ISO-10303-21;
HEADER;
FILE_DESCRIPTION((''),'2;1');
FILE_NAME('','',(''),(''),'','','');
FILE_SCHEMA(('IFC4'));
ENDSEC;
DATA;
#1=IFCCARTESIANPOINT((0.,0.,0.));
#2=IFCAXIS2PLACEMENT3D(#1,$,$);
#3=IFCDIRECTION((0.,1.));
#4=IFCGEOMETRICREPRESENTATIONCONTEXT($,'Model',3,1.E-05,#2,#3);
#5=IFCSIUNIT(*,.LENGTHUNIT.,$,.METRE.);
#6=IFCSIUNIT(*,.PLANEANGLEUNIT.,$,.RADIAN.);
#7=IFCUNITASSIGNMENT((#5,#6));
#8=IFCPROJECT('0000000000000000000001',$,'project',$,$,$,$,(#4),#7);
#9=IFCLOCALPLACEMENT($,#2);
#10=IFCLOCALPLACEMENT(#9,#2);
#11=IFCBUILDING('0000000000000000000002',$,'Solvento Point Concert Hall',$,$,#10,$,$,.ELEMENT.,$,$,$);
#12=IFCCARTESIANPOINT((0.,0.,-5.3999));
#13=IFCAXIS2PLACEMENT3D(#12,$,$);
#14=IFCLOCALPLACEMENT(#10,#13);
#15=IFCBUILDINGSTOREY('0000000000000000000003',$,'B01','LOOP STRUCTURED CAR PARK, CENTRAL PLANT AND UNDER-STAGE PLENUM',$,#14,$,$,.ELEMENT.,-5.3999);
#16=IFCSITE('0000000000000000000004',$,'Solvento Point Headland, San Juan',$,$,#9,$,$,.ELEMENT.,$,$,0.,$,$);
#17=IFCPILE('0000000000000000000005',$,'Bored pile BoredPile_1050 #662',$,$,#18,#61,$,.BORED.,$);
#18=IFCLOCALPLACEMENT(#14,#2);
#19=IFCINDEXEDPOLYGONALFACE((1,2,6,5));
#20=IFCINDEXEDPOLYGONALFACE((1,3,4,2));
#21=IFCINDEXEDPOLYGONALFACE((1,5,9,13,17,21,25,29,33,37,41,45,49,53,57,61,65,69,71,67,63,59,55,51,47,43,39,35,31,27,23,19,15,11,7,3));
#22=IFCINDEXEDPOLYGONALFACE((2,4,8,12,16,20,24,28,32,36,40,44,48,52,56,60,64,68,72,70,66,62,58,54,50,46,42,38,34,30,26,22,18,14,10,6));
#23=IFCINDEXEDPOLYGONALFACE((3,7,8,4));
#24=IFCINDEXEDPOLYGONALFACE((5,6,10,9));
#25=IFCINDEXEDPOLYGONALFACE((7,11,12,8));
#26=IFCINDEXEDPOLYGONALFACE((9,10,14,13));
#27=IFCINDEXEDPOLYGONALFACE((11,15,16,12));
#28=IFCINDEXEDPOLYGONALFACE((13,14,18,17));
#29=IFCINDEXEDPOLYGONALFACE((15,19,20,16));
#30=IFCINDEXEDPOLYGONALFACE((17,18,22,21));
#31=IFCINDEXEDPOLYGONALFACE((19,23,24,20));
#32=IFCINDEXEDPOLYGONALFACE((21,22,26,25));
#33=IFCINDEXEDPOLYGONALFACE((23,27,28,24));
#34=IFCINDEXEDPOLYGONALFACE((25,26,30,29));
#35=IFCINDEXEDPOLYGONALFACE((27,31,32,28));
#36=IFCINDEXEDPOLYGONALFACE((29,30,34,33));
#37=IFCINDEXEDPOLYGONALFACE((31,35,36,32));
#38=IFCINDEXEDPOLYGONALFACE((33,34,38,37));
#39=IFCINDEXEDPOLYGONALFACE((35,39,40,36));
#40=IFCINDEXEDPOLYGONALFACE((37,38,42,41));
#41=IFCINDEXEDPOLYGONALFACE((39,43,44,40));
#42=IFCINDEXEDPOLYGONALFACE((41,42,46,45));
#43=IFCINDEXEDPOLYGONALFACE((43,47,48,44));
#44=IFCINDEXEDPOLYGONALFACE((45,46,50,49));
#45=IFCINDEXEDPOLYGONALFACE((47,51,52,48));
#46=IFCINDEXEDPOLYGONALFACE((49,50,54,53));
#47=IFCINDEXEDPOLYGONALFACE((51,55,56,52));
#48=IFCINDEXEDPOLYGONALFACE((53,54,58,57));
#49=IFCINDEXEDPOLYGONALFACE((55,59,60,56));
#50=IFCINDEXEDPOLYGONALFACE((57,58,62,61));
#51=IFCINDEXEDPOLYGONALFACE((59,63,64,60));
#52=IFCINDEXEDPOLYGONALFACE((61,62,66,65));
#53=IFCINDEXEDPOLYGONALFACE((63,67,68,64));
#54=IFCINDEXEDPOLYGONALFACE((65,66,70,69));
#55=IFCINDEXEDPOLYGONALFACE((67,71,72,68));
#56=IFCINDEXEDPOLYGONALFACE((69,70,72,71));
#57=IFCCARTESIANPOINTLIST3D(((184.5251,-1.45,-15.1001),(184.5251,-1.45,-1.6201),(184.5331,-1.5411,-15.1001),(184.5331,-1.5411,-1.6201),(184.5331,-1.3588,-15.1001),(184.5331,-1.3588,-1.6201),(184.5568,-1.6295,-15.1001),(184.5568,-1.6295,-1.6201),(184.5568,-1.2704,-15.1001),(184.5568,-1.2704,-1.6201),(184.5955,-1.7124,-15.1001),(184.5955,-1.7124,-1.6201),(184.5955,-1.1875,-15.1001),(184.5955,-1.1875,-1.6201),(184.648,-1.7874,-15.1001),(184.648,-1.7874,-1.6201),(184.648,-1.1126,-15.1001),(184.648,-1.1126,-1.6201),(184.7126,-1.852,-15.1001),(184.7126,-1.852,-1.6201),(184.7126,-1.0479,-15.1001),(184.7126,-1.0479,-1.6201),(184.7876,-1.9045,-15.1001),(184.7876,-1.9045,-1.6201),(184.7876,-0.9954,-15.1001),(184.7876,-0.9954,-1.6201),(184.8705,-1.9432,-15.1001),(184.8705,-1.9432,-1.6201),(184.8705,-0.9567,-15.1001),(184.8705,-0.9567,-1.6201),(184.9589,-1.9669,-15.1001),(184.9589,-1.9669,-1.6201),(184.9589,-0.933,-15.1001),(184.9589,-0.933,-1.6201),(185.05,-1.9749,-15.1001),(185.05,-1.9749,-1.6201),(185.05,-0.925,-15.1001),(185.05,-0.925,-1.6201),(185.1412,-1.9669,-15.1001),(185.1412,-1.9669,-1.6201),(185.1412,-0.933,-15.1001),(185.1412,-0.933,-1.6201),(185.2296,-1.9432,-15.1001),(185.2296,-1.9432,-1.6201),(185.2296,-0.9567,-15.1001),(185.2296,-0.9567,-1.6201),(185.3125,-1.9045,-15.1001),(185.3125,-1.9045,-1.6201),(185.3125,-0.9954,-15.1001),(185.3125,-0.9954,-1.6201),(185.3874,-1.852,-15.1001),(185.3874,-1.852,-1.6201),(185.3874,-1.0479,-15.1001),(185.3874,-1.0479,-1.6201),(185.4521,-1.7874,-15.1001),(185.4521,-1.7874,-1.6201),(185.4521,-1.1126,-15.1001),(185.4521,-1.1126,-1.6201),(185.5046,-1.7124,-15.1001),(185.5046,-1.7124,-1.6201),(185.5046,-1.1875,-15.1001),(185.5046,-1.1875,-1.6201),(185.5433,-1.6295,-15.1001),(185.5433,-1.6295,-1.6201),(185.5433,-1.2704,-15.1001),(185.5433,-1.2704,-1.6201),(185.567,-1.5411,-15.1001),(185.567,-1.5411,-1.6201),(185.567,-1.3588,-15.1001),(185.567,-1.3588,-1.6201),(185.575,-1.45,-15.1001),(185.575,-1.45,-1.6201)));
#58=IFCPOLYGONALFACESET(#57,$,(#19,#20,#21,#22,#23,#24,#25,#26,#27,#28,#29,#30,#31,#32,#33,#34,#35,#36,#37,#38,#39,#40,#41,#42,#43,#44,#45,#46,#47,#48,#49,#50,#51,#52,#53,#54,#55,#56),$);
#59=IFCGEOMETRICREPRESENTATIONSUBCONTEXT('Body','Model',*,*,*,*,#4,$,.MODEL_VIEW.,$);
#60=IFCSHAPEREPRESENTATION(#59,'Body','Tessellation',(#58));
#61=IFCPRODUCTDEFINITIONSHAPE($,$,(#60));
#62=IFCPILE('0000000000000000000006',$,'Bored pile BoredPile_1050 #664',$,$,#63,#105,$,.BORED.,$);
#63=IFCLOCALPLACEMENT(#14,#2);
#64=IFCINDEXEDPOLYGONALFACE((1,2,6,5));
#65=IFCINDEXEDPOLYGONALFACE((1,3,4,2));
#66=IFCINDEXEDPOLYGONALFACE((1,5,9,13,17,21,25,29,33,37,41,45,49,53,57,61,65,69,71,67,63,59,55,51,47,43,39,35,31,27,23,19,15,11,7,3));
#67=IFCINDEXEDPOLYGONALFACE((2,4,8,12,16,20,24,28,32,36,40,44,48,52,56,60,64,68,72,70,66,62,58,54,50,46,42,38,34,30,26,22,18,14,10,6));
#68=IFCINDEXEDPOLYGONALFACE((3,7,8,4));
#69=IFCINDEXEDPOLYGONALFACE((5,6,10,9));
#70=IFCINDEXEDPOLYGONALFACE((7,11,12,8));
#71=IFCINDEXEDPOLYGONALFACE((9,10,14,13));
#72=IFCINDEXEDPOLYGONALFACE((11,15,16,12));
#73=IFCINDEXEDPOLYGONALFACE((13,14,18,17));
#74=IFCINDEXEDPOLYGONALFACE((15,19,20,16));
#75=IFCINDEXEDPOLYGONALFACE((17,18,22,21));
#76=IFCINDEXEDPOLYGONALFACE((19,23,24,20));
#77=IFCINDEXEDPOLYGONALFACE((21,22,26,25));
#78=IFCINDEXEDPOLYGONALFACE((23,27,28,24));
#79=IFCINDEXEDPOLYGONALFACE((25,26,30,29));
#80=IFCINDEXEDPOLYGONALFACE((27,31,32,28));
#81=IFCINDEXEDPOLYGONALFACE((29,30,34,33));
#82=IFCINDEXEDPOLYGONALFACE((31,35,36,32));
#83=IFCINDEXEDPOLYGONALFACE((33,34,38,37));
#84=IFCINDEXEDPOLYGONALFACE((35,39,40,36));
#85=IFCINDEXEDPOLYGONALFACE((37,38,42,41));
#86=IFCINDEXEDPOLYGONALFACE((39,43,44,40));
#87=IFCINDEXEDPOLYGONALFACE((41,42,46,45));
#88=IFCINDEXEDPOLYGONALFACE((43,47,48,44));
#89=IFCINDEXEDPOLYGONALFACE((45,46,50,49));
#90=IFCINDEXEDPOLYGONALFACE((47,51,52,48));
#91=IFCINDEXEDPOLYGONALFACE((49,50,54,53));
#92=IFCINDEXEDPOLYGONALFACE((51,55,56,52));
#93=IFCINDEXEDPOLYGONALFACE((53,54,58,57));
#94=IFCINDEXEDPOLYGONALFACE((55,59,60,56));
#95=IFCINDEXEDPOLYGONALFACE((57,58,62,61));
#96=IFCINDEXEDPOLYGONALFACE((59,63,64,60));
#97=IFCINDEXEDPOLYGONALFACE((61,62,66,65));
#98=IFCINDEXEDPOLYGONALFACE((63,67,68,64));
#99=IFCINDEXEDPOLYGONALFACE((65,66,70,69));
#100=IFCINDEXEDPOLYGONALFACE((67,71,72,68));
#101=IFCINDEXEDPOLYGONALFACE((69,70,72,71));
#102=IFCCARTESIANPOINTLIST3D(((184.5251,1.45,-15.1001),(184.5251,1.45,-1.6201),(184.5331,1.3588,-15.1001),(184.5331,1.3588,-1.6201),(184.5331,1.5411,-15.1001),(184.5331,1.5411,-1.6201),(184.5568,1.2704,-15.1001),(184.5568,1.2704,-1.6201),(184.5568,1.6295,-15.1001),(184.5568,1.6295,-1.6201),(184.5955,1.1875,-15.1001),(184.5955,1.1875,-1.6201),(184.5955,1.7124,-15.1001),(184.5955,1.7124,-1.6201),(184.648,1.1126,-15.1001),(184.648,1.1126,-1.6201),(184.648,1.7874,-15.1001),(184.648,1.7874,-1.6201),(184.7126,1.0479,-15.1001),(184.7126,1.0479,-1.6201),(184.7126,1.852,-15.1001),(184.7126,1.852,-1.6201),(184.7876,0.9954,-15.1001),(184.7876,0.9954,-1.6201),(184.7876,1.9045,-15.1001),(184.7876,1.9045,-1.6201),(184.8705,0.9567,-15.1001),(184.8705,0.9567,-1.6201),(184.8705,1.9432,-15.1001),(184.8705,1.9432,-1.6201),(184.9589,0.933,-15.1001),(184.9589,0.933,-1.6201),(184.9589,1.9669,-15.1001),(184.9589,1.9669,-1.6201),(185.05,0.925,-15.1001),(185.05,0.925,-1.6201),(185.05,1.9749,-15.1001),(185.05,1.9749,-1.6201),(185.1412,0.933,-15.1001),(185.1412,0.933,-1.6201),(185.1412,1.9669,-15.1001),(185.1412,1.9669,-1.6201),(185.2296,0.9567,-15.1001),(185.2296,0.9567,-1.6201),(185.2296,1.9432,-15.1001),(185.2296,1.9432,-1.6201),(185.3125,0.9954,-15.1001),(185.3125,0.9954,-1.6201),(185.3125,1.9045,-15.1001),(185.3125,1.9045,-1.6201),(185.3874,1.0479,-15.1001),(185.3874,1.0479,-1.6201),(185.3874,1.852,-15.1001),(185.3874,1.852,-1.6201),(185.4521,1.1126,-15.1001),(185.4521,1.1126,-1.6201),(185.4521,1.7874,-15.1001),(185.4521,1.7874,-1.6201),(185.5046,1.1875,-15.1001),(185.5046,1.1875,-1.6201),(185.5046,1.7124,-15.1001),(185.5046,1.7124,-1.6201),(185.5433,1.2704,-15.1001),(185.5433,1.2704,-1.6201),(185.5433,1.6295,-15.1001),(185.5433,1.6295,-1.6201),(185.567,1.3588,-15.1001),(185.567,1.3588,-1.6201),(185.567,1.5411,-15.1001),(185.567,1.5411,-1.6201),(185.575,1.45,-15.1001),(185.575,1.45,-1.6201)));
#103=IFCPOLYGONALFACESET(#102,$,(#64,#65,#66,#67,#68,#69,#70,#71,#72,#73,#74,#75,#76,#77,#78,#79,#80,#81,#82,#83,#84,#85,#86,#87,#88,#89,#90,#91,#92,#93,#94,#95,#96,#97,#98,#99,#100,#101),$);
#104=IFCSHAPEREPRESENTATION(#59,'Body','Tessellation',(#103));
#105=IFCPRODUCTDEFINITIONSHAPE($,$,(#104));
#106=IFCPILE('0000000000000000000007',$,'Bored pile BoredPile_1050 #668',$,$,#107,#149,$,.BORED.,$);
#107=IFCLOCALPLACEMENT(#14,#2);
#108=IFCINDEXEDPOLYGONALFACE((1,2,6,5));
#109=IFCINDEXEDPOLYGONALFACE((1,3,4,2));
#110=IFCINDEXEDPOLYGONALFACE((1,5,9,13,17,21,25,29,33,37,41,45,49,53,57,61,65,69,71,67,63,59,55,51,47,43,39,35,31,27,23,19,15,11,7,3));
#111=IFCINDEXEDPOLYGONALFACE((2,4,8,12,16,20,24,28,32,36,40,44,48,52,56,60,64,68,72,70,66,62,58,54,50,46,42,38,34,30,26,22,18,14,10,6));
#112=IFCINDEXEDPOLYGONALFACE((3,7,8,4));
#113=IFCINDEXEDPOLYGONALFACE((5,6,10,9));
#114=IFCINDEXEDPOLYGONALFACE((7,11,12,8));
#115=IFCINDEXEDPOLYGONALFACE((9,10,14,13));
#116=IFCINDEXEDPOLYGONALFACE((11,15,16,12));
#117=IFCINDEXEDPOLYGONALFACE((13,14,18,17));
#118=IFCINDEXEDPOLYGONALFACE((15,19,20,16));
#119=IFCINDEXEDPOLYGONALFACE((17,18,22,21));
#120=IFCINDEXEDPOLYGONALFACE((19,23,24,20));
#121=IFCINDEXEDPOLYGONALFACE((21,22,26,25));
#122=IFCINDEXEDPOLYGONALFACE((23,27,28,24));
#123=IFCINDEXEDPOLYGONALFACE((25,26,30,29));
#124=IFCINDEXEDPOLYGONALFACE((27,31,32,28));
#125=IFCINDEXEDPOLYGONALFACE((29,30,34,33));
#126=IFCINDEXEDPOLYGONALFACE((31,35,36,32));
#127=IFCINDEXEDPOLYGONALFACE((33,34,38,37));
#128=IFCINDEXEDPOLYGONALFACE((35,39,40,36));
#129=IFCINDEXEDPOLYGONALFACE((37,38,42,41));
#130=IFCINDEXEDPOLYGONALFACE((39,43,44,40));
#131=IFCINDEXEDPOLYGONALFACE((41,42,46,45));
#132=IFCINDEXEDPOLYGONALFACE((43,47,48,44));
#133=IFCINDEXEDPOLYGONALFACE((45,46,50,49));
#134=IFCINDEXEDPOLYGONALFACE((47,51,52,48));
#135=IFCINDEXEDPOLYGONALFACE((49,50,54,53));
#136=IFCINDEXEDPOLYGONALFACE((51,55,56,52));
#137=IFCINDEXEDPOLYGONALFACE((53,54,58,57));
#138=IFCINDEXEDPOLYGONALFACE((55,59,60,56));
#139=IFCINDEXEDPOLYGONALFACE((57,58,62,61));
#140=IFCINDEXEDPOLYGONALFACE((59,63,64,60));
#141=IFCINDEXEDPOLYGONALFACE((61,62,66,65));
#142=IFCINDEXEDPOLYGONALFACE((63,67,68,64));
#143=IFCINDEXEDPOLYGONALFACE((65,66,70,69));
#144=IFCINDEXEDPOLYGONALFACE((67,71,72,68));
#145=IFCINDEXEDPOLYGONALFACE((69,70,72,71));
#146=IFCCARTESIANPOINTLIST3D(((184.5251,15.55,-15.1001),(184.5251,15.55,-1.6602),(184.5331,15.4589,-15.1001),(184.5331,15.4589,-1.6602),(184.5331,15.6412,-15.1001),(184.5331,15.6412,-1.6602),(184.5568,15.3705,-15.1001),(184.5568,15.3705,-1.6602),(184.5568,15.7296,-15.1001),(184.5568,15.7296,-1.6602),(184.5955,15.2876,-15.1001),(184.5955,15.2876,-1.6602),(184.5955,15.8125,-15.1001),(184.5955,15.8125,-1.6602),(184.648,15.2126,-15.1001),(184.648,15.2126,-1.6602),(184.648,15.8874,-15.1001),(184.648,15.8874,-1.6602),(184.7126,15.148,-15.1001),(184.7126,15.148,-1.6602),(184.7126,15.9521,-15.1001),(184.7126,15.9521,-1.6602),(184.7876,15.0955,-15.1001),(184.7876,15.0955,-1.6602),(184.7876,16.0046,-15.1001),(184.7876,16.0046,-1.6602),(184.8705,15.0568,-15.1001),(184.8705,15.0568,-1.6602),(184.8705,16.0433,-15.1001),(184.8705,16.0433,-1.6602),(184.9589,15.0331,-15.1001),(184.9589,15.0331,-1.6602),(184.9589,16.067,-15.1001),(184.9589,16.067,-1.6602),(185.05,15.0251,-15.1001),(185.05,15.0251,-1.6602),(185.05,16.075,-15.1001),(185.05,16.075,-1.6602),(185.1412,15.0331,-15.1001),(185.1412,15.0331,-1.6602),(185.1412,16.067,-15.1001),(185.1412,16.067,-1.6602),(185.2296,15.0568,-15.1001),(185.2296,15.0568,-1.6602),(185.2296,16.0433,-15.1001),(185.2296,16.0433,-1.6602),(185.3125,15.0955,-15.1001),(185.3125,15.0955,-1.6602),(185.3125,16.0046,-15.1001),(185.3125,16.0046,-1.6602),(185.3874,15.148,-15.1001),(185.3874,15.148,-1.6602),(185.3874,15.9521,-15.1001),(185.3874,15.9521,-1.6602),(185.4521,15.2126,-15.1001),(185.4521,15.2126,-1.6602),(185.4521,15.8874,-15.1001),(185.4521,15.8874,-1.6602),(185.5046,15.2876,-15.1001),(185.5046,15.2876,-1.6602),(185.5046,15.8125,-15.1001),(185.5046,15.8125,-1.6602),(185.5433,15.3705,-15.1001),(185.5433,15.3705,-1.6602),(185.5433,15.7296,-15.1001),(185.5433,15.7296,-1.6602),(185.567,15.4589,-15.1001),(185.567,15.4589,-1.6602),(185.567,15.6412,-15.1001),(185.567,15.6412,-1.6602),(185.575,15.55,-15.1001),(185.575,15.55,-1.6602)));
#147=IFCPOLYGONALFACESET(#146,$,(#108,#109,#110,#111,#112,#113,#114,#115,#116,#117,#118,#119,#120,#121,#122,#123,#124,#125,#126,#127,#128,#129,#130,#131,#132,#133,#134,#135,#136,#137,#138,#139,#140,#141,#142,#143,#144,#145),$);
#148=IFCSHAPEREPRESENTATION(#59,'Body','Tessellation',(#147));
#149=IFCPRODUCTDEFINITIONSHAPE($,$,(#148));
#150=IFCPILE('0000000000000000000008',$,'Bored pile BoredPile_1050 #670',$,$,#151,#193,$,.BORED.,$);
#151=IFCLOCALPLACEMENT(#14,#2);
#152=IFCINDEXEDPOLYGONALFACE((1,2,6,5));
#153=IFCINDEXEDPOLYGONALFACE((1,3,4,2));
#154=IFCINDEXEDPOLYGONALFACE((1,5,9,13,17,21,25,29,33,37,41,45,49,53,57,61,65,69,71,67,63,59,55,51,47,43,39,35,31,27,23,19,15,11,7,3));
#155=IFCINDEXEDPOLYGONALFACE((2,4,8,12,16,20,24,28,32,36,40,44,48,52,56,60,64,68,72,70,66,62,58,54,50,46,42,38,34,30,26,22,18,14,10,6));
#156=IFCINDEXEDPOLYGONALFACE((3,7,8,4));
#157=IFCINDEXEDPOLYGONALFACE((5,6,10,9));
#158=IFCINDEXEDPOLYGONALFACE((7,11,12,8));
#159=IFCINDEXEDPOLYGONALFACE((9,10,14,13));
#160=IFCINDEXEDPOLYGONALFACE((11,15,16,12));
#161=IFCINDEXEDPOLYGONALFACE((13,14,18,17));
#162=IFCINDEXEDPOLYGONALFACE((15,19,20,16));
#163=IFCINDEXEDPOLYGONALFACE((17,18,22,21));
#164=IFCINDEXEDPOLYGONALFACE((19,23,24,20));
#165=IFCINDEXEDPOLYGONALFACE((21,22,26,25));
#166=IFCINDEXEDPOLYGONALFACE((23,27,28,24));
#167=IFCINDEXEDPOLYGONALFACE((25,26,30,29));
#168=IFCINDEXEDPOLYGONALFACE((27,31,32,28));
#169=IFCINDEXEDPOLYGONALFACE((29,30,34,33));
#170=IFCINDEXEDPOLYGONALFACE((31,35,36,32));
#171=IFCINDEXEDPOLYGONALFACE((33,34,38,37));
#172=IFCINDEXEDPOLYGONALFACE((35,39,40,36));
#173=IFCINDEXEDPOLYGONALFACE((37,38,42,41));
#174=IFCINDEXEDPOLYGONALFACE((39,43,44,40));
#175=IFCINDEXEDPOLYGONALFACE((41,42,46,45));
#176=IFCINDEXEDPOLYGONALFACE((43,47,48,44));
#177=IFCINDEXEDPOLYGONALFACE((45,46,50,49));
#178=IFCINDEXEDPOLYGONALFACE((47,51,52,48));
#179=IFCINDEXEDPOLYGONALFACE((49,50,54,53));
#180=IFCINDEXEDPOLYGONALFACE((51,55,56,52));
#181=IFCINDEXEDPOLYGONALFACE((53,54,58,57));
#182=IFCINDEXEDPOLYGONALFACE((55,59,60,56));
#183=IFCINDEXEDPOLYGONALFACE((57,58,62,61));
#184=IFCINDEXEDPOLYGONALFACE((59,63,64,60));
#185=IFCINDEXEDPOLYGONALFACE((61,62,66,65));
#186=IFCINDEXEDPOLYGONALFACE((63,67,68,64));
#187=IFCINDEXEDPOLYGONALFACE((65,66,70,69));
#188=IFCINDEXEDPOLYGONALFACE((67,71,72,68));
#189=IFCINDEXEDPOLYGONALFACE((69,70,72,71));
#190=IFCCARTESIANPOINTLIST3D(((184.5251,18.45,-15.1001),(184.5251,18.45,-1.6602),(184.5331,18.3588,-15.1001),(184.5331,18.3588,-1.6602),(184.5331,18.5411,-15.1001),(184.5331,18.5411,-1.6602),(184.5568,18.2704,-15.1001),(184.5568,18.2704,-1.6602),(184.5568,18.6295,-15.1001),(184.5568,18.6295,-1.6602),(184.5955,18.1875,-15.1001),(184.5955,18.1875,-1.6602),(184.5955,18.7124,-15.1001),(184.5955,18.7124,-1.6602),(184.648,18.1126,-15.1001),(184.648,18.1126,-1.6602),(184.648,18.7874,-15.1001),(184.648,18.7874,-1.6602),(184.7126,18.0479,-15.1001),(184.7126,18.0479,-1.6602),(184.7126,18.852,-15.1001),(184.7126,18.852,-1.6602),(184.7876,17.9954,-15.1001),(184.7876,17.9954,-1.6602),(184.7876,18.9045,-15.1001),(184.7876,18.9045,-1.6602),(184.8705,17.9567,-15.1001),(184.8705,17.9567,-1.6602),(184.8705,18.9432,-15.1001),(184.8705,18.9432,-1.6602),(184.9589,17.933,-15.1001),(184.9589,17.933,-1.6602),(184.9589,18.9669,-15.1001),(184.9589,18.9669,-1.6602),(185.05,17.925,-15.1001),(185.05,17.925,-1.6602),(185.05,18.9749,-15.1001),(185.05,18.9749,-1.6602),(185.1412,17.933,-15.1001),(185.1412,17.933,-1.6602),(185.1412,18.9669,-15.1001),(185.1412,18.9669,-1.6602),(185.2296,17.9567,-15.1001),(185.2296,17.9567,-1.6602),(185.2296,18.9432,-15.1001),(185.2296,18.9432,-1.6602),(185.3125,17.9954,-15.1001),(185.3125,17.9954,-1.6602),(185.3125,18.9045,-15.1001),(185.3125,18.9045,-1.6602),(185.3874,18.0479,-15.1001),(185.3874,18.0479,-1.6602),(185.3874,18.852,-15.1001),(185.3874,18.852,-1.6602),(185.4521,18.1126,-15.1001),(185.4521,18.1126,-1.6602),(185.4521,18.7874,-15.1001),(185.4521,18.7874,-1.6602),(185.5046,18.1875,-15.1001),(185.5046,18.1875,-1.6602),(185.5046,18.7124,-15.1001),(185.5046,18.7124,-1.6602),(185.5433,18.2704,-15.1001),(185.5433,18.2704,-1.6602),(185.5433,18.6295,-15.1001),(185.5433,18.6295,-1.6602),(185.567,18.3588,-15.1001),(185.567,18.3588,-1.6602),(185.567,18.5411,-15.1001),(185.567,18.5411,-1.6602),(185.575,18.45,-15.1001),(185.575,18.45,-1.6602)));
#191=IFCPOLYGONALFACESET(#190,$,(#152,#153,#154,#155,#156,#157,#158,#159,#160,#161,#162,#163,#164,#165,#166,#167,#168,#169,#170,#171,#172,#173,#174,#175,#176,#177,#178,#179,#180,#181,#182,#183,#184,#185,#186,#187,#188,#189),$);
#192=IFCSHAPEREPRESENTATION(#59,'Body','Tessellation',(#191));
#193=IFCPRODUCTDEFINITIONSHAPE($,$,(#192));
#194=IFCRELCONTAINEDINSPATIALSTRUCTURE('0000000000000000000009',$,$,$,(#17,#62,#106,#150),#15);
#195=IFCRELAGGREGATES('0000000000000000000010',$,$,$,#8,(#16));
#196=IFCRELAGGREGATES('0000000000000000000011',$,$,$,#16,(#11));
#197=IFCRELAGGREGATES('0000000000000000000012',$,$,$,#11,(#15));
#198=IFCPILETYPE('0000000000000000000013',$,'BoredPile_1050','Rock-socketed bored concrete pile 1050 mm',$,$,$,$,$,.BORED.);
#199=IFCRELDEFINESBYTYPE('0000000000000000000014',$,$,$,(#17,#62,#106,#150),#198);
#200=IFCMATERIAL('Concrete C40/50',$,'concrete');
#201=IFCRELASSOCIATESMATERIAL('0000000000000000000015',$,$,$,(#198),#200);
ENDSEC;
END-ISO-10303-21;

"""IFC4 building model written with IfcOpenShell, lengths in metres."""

from ifc_helpers import new_model, si_unit, direction, frame, origin, origin_2d, place, context, subcontext, project, spatial, circle, extrude, material, material_profile, profile_set, type_object, element, save


model = new_model("IFC4")

# Units and contexts
model_context = context("Model", 3, precision=1e-05, world=origin(), true_north=direction((0.0, 1.0)))
body_context = subcontext(model_context, "Body", "Model", "MODEL_VIEW")
ifc_project = project(units=[si_unit("LENGTHUNIT", "METRE"), si_unit("PLANEANGLEUNIT", "RADIAN")], contexts=[model_context])

# Site, building, storey
site_placement = place(None, origin())
site = spatial("IfcSite", under=ifc_project, at=site_placement, Name="Solvento Point Headland, San Juan", CompositionType="ELEMENT", RefElevation=0.0)
building_placement = place(site_placement, origin())
building = spatial("IfcBuilding", under=site, at=building_placement, Name="Solvento Point Concert Hall", CompositionType="ELEMENT")
storey_placement = place(building_placement, frame((0.0, 0.0, -5.3999)))
storey = spatial("IfcBuildingStorey", under=building, at=storey_placement, Name="B01", Description="LOOP STRUCTURED CAR PARK, CENTRAL PLANT AND UNDER-STAGE PLENUM", CompositionType="ELEMENT", Elevation=-5.3999)

# Piles
ifc_material_1 = material(Name="Concrete C40/50", Category="concrete")
ifc_material_profile_1 = material_profile(ifc_material_1, circle(Radius=0.5249, at=origin_2d()), Name="BP-1050")
ifc_profile_set_1 = profile_set([ifc_material_profile_1], Name="Concrete C40/50")
pile_type_1 = type_object("IfcPileType", Name="BoredPile_1050", Description="Rock-socketed bored concrete pile 1050 mm", PredefinedType="BORED", material=ifc_profile_set_1)
for number, where, z_axis, x_axis, name in (
    (1, (185.05, -1.45, -1.6201), (0.0, 0.0, -1.0), (1.0, 0.0, 0.0), "Bored pile BoredPile_1050 #662"),
    (2, (185.05, 1.45, -1.6201), (0.0, 0.0, -1.0), (1.0, 0.0, 0.0), "Bored pile BoredPile_1050 #664"),
):
    element("IfcPile", number, at=place(storey_placement, frame(where, z_axis=z_axis, x_axis=x_axis)), inside=storey, type_object=pile_type_1, Name=name, PredefinedType="BORED", context=body_context, shape_type="SweptSolid", body=[
        extrude(circle(Radius=0.5249, at=origin_2d()), origin(), (0.0, 0.0, 1.0), 13.48),
    ])
for number, where, z_axis, x_axis, name in (
    (3, (185.05, 15.55, -1.6602), (0.0, 0.0, -1.0), (1.0, 0.0, 0.0), "Bored pile BoredPile_1050 #668"),
    (4, (185.05, 18.45, -1.6602), (0.0, 0.0, -1.0), (1.0, 0.0, 0.0), "Bored pile BoredPile_1050 #670"),
):
    element("IfcPile", number, at=place(storey_placement, frame(where, z_axis=z_axis, x_axis=x_axis)), inside=storey, type_object=pile_type_1, Name=name, PredefinedType="BORED", context=body_context, shape_type="SweptSolid", body=[
        extrude(circle(Radius=0.5249, at=origin_2d()), origin(), (0.0, 0.0, 1.0), 13.4399),
    ])

save(model, "model.ifc")
